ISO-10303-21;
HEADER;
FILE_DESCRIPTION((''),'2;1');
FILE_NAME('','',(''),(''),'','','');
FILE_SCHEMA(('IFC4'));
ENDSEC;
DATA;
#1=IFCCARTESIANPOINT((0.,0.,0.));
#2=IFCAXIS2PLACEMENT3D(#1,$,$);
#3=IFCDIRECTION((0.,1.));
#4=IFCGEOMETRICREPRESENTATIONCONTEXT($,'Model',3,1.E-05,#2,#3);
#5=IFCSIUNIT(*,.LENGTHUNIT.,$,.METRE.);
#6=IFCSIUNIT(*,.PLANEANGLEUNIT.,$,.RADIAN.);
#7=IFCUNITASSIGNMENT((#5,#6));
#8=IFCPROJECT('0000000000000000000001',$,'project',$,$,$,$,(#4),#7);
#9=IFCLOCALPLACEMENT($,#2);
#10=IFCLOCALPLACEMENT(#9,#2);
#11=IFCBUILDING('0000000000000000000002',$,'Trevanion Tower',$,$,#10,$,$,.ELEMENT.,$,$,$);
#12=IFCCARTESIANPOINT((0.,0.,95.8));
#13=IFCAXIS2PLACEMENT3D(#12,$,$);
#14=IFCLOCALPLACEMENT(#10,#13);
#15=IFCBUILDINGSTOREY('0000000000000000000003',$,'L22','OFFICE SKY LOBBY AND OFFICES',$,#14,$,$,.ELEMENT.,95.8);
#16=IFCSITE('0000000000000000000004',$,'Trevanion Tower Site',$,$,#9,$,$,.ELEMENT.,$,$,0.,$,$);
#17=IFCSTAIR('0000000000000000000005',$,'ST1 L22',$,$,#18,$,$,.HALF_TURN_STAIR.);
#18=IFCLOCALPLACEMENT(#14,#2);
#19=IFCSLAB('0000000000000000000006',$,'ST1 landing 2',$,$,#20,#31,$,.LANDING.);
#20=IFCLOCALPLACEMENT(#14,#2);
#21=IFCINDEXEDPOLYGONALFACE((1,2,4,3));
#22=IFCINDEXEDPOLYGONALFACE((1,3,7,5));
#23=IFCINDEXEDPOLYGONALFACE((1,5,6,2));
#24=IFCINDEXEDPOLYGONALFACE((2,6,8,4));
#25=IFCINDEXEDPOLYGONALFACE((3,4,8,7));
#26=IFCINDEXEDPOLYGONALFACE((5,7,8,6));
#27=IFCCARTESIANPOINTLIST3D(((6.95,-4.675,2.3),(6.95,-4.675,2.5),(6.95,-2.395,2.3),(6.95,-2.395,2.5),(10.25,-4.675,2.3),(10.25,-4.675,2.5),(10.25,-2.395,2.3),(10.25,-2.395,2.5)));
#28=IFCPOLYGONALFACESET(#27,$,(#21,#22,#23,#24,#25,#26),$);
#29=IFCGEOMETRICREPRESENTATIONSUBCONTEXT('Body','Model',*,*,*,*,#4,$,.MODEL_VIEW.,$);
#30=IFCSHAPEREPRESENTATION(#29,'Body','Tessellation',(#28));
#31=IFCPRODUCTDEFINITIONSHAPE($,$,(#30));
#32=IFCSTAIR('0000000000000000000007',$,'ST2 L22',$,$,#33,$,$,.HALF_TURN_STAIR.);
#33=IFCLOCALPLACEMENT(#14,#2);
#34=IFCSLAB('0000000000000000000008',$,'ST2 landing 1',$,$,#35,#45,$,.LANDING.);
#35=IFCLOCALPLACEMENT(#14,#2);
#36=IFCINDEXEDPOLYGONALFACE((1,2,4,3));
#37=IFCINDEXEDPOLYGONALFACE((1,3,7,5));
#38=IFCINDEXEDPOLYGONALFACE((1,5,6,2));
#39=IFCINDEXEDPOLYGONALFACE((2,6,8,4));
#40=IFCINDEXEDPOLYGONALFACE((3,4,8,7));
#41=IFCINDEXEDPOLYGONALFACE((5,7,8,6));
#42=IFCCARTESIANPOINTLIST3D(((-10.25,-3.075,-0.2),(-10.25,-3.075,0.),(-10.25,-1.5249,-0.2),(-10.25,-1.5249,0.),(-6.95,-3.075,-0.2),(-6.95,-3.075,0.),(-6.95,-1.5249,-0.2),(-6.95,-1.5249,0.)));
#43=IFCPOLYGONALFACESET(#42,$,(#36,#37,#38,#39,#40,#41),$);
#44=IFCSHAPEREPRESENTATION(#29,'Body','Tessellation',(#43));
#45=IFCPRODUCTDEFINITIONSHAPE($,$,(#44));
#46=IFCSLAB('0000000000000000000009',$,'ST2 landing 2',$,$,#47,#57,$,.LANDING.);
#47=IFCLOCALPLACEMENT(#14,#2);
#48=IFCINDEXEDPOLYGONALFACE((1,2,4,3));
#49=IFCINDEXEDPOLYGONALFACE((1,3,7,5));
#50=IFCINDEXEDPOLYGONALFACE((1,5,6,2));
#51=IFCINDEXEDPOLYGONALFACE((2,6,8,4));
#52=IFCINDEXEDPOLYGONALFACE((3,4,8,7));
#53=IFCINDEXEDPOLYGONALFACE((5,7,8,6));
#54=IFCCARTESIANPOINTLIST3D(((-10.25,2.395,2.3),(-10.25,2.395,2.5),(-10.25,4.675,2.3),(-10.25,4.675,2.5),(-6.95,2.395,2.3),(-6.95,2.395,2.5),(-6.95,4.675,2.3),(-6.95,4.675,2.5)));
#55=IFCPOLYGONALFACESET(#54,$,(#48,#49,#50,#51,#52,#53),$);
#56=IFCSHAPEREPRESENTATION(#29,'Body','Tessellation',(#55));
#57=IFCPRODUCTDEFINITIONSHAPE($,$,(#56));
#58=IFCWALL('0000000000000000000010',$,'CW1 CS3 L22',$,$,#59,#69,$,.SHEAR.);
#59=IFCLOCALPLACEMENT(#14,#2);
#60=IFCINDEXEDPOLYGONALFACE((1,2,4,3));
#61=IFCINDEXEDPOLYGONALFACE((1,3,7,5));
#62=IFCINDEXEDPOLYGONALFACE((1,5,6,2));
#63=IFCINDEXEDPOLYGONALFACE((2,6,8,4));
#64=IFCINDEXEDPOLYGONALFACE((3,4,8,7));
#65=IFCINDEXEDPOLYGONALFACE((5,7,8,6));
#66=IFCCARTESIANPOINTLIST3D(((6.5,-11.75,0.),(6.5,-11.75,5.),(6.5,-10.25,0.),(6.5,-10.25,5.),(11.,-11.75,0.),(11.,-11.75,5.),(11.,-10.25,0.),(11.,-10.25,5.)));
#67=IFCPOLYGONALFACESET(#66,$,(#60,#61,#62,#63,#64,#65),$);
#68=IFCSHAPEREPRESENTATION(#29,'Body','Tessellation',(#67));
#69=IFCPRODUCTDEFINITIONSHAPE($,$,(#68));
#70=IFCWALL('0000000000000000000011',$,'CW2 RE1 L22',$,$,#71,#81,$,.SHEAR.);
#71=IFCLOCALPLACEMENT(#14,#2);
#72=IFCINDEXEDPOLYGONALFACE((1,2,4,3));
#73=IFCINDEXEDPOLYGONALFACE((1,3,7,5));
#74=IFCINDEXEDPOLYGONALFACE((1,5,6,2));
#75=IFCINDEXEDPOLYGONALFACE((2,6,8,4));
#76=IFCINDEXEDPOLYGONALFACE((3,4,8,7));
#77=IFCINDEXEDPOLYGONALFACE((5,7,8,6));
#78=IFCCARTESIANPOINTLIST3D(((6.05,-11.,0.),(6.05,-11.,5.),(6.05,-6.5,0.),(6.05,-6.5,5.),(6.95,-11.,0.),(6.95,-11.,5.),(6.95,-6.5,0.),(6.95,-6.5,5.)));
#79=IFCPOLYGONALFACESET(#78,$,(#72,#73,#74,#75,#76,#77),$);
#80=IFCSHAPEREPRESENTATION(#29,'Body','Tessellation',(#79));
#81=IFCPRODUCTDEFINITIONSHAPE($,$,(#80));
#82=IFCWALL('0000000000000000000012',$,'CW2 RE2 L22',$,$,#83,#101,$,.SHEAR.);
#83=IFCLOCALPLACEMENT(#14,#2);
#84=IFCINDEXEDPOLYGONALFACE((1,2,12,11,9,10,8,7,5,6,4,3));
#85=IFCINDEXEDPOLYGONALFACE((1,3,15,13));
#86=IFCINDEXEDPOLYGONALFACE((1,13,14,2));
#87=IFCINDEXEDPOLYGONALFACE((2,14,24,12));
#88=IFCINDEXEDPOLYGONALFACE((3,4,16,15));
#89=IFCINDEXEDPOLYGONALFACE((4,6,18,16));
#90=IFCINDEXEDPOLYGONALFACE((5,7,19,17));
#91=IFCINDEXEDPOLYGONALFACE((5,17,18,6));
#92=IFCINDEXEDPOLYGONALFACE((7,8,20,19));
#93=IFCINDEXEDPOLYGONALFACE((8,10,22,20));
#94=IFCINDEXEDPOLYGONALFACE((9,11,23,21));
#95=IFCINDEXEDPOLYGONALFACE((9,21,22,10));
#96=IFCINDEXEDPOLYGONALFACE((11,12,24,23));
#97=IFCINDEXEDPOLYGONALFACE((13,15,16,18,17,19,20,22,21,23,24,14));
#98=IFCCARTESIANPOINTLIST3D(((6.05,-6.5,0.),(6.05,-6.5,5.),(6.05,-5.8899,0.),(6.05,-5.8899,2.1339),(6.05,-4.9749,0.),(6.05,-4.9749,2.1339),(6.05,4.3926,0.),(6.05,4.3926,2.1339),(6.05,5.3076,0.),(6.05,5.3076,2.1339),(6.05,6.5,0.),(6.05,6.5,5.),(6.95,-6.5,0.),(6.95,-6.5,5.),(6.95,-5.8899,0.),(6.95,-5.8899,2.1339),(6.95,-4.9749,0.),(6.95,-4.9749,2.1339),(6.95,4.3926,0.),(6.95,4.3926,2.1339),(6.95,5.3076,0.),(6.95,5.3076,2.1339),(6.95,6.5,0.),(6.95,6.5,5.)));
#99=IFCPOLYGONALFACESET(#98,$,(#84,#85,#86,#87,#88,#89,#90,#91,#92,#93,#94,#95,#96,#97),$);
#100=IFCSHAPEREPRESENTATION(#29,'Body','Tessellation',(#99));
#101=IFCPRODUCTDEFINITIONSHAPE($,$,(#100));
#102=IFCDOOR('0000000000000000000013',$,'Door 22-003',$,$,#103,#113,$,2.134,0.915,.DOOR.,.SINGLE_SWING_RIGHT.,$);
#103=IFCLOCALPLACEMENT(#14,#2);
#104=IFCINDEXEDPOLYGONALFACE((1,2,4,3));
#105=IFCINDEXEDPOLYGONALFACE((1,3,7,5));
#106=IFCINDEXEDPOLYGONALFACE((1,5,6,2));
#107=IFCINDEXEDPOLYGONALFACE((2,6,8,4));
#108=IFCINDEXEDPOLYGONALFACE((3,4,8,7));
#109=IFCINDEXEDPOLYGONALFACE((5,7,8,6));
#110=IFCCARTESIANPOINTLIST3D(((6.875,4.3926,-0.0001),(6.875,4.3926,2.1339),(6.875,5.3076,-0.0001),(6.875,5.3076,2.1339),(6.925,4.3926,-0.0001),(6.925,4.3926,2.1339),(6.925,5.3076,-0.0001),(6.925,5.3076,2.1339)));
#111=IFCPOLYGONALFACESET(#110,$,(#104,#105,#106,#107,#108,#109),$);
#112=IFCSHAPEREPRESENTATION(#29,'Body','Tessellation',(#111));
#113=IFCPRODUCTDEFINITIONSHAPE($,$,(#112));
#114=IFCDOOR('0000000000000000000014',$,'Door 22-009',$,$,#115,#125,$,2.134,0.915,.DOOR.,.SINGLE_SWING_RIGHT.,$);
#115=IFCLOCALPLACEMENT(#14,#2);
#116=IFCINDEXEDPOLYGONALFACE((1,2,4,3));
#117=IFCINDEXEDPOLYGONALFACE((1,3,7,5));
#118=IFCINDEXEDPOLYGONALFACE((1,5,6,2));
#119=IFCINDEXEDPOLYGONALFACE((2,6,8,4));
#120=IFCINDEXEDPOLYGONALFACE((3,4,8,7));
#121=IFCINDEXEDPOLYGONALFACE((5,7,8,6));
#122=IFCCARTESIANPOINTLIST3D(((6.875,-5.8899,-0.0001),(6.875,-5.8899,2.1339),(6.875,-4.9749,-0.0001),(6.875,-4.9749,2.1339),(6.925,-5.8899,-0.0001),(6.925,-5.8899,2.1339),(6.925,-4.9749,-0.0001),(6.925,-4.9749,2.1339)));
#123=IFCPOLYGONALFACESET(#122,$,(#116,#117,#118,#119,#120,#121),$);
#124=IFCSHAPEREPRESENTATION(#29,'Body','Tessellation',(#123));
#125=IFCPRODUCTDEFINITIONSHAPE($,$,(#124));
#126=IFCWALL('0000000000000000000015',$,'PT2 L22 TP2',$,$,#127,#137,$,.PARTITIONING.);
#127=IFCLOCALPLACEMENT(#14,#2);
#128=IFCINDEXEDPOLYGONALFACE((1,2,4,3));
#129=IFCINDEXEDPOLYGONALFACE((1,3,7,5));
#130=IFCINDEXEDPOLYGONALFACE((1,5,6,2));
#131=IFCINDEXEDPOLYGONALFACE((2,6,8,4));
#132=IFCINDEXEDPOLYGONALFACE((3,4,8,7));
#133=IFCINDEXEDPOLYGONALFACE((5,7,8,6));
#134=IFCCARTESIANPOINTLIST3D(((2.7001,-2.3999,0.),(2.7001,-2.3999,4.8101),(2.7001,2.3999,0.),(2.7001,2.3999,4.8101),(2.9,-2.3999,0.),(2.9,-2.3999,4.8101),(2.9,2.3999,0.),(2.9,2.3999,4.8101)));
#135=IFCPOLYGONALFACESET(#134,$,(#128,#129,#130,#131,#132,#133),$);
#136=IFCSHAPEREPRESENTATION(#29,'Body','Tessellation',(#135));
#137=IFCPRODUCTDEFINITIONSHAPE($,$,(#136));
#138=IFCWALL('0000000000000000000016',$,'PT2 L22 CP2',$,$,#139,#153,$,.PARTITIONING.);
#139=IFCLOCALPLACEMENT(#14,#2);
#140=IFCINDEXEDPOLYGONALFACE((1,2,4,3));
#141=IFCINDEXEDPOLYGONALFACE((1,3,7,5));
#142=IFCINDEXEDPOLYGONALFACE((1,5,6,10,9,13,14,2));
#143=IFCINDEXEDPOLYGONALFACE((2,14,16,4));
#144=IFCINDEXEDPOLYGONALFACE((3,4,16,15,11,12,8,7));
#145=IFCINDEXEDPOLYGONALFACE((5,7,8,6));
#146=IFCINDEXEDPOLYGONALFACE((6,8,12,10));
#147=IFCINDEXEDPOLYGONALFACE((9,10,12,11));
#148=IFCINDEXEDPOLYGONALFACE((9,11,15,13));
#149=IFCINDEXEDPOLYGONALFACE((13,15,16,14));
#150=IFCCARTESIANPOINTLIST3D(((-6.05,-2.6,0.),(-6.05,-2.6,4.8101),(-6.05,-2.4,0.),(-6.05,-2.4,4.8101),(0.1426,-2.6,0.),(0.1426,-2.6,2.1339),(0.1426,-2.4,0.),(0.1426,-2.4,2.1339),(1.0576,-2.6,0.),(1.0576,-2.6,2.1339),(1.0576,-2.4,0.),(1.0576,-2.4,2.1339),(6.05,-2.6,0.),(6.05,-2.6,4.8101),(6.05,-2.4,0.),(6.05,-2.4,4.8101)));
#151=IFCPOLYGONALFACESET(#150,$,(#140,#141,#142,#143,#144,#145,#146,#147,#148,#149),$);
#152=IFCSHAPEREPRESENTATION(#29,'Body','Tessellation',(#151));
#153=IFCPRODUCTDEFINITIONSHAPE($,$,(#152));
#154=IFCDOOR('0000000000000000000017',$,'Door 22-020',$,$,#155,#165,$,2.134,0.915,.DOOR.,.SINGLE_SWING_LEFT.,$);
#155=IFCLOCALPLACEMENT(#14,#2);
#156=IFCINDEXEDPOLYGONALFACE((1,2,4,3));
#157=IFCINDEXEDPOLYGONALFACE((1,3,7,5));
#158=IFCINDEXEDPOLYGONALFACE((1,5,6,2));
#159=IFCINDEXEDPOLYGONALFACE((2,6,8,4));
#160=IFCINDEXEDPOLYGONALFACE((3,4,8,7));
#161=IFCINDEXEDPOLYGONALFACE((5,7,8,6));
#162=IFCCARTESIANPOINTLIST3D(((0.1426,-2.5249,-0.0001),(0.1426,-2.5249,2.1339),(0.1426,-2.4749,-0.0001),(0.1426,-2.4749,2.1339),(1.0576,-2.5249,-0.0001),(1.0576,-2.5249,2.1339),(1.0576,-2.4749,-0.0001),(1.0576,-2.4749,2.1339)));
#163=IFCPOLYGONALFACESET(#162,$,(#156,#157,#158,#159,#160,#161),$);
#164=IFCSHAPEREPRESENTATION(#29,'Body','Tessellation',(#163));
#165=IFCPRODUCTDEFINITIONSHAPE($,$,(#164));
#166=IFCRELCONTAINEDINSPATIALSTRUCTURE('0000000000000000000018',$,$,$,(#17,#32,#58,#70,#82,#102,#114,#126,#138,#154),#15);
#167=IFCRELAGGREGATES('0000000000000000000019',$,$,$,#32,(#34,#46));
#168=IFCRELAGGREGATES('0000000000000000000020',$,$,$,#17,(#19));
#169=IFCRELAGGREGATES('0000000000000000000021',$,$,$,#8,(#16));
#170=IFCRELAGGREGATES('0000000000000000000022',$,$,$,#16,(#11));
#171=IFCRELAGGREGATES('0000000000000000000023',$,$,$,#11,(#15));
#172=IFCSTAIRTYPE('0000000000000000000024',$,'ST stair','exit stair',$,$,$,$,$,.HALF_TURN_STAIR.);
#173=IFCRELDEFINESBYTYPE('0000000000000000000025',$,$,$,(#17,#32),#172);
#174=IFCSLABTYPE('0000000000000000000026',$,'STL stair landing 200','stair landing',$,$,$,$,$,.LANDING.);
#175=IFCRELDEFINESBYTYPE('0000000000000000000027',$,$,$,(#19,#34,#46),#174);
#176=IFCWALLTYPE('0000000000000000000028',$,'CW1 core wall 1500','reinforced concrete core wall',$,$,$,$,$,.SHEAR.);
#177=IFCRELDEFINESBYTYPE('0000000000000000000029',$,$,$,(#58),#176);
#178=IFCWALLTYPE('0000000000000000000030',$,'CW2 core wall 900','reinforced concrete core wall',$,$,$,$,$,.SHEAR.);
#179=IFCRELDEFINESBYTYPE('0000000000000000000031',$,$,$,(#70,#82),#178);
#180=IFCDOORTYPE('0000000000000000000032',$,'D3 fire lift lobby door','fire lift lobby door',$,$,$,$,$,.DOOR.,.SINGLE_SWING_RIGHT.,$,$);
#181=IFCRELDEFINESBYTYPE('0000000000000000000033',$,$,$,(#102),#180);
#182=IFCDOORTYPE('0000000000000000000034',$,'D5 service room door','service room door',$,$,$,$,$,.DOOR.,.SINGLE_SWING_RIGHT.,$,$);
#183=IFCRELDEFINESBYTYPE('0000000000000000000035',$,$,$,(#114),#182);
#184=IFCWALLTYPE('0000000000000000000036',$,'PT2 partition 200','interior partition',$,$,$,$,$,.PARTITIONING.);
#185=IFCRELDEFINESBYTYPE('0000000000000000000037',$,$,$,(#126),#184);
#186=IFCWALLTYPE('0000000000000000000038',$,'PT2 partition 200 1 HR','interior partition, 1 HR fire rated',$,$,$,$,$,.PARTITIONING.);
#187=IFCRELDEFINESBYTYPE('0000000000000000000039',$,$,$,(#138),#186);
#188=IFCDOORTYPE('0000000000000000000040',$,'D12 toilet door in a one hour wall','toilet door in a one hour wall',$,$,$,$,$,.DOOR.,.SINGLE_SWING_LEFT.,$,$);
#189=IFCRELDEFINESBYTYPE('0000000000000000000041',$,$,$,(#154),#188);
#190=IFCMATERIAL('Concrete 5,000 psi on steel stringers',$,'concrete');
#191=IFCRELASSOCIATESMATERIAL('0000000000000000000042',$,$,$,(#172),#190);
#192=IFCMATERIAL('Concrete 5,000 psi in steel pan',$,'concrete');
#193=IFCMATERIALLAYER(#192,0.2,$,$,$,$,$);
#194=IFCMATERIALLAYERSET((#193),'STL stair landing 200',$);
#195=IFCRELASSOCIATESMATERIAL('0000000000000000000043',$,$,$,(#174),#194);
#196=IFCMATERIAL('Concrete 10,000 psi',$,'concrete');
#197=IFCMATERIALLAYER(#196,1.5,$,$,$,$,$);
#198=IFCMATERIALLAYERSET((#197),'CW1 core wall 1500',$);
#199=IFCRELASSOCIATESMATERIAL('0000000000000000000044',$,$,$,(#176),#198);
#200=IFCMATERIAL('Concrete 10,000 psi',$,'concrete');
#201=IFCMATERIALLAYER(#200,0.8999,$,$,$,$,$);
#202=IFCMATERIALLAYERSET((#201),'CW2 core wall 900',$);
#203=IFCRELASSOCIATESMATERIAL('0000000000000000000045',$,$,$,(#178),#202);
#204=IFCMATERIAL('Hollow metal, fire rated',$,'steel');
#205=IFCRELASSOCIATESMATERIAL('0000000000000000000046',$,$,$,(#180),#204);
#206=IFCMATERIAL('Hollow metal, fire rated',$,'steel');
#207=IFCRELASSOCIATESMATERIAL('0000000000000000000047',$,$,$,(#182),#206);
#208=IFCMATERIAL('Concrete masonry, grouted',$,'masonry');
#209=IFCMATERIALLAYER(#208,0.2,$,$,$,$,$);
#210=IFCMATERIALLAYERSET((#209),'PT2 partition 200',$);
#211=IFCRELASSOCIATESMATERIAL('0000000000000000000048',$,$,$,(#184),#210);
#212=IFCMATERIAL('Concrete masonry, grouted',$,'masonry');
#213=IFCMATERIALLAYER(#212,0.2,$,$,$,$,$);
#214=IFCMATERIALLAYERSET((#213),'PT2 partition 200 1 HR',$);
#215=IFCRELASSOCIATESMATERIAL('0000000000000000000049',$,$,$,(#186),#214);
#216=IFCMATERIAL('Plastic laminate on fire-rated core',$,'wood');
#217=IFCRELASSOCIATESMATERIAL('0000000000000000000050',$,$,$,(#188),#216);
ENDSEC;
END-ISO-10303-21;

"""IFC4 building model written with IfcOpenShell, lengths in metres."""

from ifc_helpers import new_model, si_unit, direction, frame, frame_2d, origin, place, context, subcontext, project, spatial, polyline, rectangle, outline, extrude, material, layer, layer_set, type_object, element, fill, aggregate, save


model = new_model("IFC4")

# Units and contexts
model_context = context("Model", 3, precision=1e-05, world=origin(), true_north=direction((0.0, 1.0)))
body_context = subcontext(model_context, "Body", "Model", "MODEL_VIEW")
ifc_project = project(units=[si_unit("LENGTHUNIT", "METRE"), si_unit("PLANEANGLEUNIT", "RADIAN")], contexts=[model_context])

# Site, building, storey
site_placement = place(None, origin())
site = spatial("IfcSite", under=ifc_project, at=site_placement, Name="Trevanion Tower Site", CompositionType="ELEMENT", RefElevation=0.0)
building_placement = place(site_placement, origin())
building = spatial("IfcBuilding", under=site, at=building_placement, Name="Trevanion Tower", CompositionType="ELEMENT")
storey_placement = place(building_placement, frame((0.0, 0.0, 95.8)))
storey = spatial("IfcBuildingStorey", under=building, at=storey_placement, Name="L22", Description="OFFICE SKY LOBBY AND OFFICES", CompositionType="ELEMENT", Elevation=95.8)

# Stairs, slabs
ifc_material_1 = material(Name="Concrete 5,000 psi on steel stringers", Category="concrete")
stair_type = type_object("IfcStairType", Name="ST stair", Description="exit stair", PredefinedType="HALF_TURN_STAIR", material=ifc_material_1)
stair_1_placement = place(storey_placement, origin())
stair_1 = element("IfcStair", 1, at=stair_1_placement, inside=storey, type_object=stair_type, Name="ST1 L22", PredefinedType="HALF_TURN_STAIR")
ifc_material_2 = material(Name="Concrete 5,000 psi in steel pan", Category="concrete")
ifc_layer_1 = layer(ifc_material_2, 0.2)
ifc_layer_set_1 = layer_set([ifc_layer_1], Name="STL stair landing 200")
slab_type_1 = type_object("IfcSlabType", Name="STL stair landing 200", Description="stair landing", PredefinedType="LANDING", material=ifc_layer_set_1)
slab_1_placement = place(storey_placement, frame((0.0, 0.0, 2.3)))
slab_1 = element("IfcSlab", 2, at=slab_1_placement, type_object=slab_type_1, Name="ST1 landing 2", PredefinedType="LANDING", context=body_context, shape_type="SweptSolid", body=[
    extrude(outline(polyline([(6.95, -4.675), (10.25, -4.675), (10.25, -2.395), (6.95, -2.395), (6.95, -4.675)])), origin(), (0.0, 0.0, 1.0), 0.2),
])
stair_2_placement = place(storey_placement, origin())
stair_2 = element("IfcStair", 3, at=stair_2_placement, inside=storey, type_object=stair_type, Name="ST2 L22", PredefinedType="HALF_TURN_STAIR")
slab_2_placement = place(storey_placement, frame((0.0, 0.0, -0.2)))
slab_2 = element("IfcSlab", 4, at=slab_2_placement, type_object=slab_type_1, Name="ST2 landing 1", PredefinedType="LANDING", context=body_context, shape_type="SweptSolid", body=[
    extrude(outline(polyline([(-6.95, -1.5249), (-10.25, -1.5249), (-10.25, -3.075), (-6.95, -3.075), (-6.95, -1.5249)])), origin(), (0.0, 0.0, 1.0), 0.2),
])
slab_3_placement = place(storey_placement, frame((0.0, 0.0, 2.3)))
slab_3 = element("IfcSlab", 5, at=slab_3_placement, type_object=slab_type_1, Name="ST2 landing 2", PredefinedType="LANDING", context=body_context, shape_type="SweptSolid", body=[
    extrude(outline(polyline([(-6.95, 4.675), (-10.25, 4.675), (-10.25, 2.395), (-6.95, 2.395), (-6.95, 4.675)])), origin(), (0.0, 0.0, 1.0), 0.2),
])
aggregate(stair_2, [slab_2, slab_3])

# Walls
ifc_material_3 = material(Name="Concrete 10,000 psi", Category="concrete")
ifc_layer_2 = layer(ifc_material_3, 1.5)
ifc_layer_set_2 = layer_set([ifc_layer_2], Name="CW1 core wall 1500")
wall_type_1 = type_object("IfcWallType", Name="CW1 core wall 1500", Description="reinforced concrete core wall", PredefinedType="SHEAR", material=ifc_layer_set_2)
wall_1_placement = place(storey_placement, frame((6.5, -11.0, 0.0), z_axis=(0.0, 0.0, 1.0), x_axis=(1.0, 0.0, 0.0)))
element("IfcWall", 6, at=wall_1_placement, inside=storey, type_object=wall_type_1, Name="CW1 CS3 L22", PredefinedType="SHEAR", context=body_context, shape_type="SweptSolid", body=[
    extrude(rectangle(XDim=4.5, YDim=1.5, at=frame_2d((2.25, 0.0))), origin(), (0.0, 0.0, 1.0), 5.0),
])
ifc_material_4 = material(Name="Concrete 10,000 psi", Category="concrete")
ifc_layer_3 = layer(ifc_material_4, 0.8999)
ifc_layer_set_3 = layer_set([ifc_layer_3], Name="CW2 core wall 900")
wall_type_2 = type_object("IfcWallType", Name="CW2 core wall 900", Description="reinforced concrete core wall", PredefinedType="SHEAR", material=ifc_layer_set_3)
wall_2_placement = place(storey_placement, frame((6.5, -11.0, 0.0), z_axis=(0.0, 0.0, 1.0), x_axis=(0.0, 1.0, 0.0)))
element("IfcWall", 7, at=wall_2_placement, inside=storey, type_object=wall_type_2, Name="CW2 RE1 L22", PredefinedType="SHEAR", context=body_context, shape_type="SweptSolid", body=[
    extrude(rectangle(XDim=4.5, YDim=0.8999, at=frame_2d((2.25, 0.0))), origin(), (0.0, 0.0, 1.0), 5.0),
])

# Wall, openings, doors
wall_3_placement = place(storey_placement, frame((6.5, -6.5, 0.0), z_axis=(0.0, 0.0, 1.0), x_axis=(0.0, 1.0, 0.0)))
wall_3 = element("IfcWall", 8, at=wall_3_placement, inside=storey, type_object=wall_type_2, Name="CW2 RE2 L22", PredefinedType="SHEAR", context=body_context, shape_type="SweptSolid", body=[
    extrude(rectangle(XDim=13.0, YDim=0.8999, at=frame_2d((6.5, 0.0))), origin(), (0.0, 0.0, 1.0), 5.0),
])
opening_1_placement = place(wall_3_placement, frame((10.8926, 0.0, 0.0)))
opening_1 = element("IfcOpeningElement", 9, at=opening_1_placement, cuts=wall_3, PredefinedType="OPENING", context=body_context, shape_type="SweptSolid", body=[
    extrude(rectangle(XDim=0.915, YDim=2.134, at=frame_2d((0.4575, 1.0669))), frame((0.0, 0.46, 0.0), z_axis=(0.0, -1.0, 0.0), x_axis=(1.0, 0.0, 0.0)), (0.0, 0.0, 1.0), 0.9199),
])
opening_2_placement = place(wall_3_placement, frame((0.6101, 0.0, 0.0)))
opening_2 = element("IfcOpeningElement", 10, at=opening_2_placement, cuts=wall_3, PredefinedType="OPENING", context=body_context, shape_type="SweptSolid", body=[
    extrude(rectangle(XDim=0.915, YDim=2.134, at=frame_2d((0.4575, 1.0669))), frame((0.0, 0.46, 0.0), z_axis=(0.0, -1.0, 0.0), x_axis=(1.0, 0.0, 0.0)), (0.0, 0.0, 1.0), 0.9199),
])
ifc_material_5 = material(Name="Hollow metal, fire rated", Category="steel")
door_type_1 = type_object("IfcDoorType", Name="D3 fire lift lobby door", Description="fire lift lobby door", OperationType="SINGLE_SWING_RIGHT", PredefinedType="DOOR", material=ifc_material_5)
door_1_placement = place(opening_1_placement, origin())
door_1 = element("IfcDoor", 11, at=door_1_placement, inside=storey, type_object=door_type_1, Name="Door 22-003", OperationType="SINGLE_SWING_RIGHT", OverallHeight=2.134, OverallWidth=0.915, PredefinedType="DOOR", context=body_context, shape_type="SweptSolid", body=[
    extrude(rectangle(XDim=0.915, YDim=2.134, at=frame_2d((0.4575, 1.0669))), frame((0.0, -0.375, 0.0), z_axis=(0.0, -1.0, 0.0), x_axis=(1.0, 0.0, 0.0)), (0.0, 0.0, 1.0), 0.05),
])
fill(opening_1, door_1)
ifc_material_6 = material(Name="Hollow metal, fire rated", Category="steel")
door_type_2 = type_object("IfcDoorType", Name="D5 service room door", Description="service room door", OperationType="SINGLE_SWING_RIGHT", PredefinedType="DOOR", material=ifc_material_6)
door_2_placement = place(opening_2_placement, origin())
door_2 = element("IfcDoor", 12, at=door_2_placement, inside=storey, type_object=door_type_2, Name="Door 22-009", OperationType="SINGLE_SWING_RIGHT", OverallHeight=2.134, OverallWidth=0.915, PredefinedType="DOOR", context=body_context, shape_type="SweptSolid", body=[
    extrude(rectangle(XDim=0.915, YDim=2.134, at=frame_2d((0.4575, 1.0669))), frame((0.0, -0.375, 0.0), z_axis=(0.0, -1.0, 0.0), x_axis=(1.0, 0.0, 0.0)), (0.0, 0.0, 1.0), 0.05),
])
fill(opening_2, door_2)

# Wall
ifc_material_7 = material(Name="Concrete masonry, grouted", Category="masonry")
ifc_layer_4 = layer(ifc_material_7, 0.2)
ifc_layer_set_4 = layer_set([ifc_layer_4], Name="PT2 partition 200")
wall_type_3 = type_object("IfcWallType", Name="PT2 partition 200", Description="interior partition", PredefinedType="PARTITIONING", material=ifc_layer_set_4)
wall_4_placement = place(storey_placement, frame((2.8, -2.3999, 0.0), z_axis=(0.0, 0.0, 1.0), x_axis=(0.0, 1.0, 0.0)))
element("IfcWall", 13, at=wall_4_placement, inside=storey, type_object=wall_type_3, Name="PT2 L22 TP2", PredefinedType="PARTITIONING", context=body_context, shape_type="SweptSolid", body=[
    extrude(rectangle(XDim=4.7998, YDim=0.2, at=frame_2d((2.3999, 0.0))), origin(), (0.0, 0.0, 1.0), 4.8101),
])

# Wall, opening, door
ifc_material_8 = material(Name="Concrete masonry, grouted", Category="masonry")
ifc_layer_5 = layer(ifc_material_8, 0.2)
ifc_layer_set_5 = layer_set([ifc_layer_5], Name="PT2 partition 200 1 HR")
wall_type_4 = type_object("IfcWallType", Name="PT2 partition 200 1 HR", Description="interior partition, 1 HR fire rated", PredefinedType="PARTITIONING", material=ifc_layer_set_5)
wall_5_placement = place(storey_placement, frame((6.05, -2.5, 0.0), z_axis=(0.0, 0.0, 1.0), x_axis=(-1.0, 0.0, 0.0)))
wall_5 = element("IfcWall", 14, at=wall_5_placement, inside=storey, type_object=wall_type_4, Name="PT2 L22 CP2", PredefinedType="PARTITIONING", context=body_context, shape_type="SweptSolid", body=[
    extrude(rectangle(XDim=12.1001, YDim=0.2, at=frame_2d((6.05, 0.0))), origin(), (0.0, 0.0, 1.0), 4.8101),
])
opening_3_placement = place(wall_5_placement, frame((4.9924, 0.0, 0.0)))
opening_3 = element("IfcOpeningElement", 15, at=opening_3_placement, cuts=wall_5, PredefinedType="OPENING", context=body_context, shape_type="SweptSolid", body=[
    extrude(rectangle(XDim=0.915, YDim=2.134, at=frame_2d((0.4575, 1.0669))), frame((0.0, 0.1099, 0.0), z_axis=(0.0, -1.0, 0.0), x_axis=(1.0, 0.0, 0.0)), (0.0, 0.0, 1.0), 0.22),
])
ifc_material_9 = material(Name="Plastic laminate on fire-rated core", Category="wood")
door_type_3 = type_object("IfcDoorType", Name="D12 toilet door in a one hour wall", Description="toilet door in a one hour wall", OperationType="SINGLE_SWING_LEFT", PredefinedType="DOOR", material=ifc_material_9)
door_3_placement = place(opening_3_placement, origin())
door_3 = element("IfcDoor", 16, at=door_3_placement, inside=storey, type_object=door_type_3, Name="Door 22-020", OperationType="SINGLE_SWING_LEFT", OverallHeight=2.134, OverallWidth=0.915, PredefinedType="DOOR", context=body_context, shape_type="SweptSolid", body=[
    extrude(rectangle(XDim=0.915, YDim=2.134, at=frame_2d((0.4575, 1.0669))), frame((0.0, 0.0249, 0.0), z_axis=(0.0, -1.0, 0.0), x_axis=(1.0, 0.0, 0.0)), (0.0, 0.0, 1.0), 0.05),
])
fill(opening_3, door_3)

aggregate(stair_1, [slab_1])

save(model, "model.ifc")
